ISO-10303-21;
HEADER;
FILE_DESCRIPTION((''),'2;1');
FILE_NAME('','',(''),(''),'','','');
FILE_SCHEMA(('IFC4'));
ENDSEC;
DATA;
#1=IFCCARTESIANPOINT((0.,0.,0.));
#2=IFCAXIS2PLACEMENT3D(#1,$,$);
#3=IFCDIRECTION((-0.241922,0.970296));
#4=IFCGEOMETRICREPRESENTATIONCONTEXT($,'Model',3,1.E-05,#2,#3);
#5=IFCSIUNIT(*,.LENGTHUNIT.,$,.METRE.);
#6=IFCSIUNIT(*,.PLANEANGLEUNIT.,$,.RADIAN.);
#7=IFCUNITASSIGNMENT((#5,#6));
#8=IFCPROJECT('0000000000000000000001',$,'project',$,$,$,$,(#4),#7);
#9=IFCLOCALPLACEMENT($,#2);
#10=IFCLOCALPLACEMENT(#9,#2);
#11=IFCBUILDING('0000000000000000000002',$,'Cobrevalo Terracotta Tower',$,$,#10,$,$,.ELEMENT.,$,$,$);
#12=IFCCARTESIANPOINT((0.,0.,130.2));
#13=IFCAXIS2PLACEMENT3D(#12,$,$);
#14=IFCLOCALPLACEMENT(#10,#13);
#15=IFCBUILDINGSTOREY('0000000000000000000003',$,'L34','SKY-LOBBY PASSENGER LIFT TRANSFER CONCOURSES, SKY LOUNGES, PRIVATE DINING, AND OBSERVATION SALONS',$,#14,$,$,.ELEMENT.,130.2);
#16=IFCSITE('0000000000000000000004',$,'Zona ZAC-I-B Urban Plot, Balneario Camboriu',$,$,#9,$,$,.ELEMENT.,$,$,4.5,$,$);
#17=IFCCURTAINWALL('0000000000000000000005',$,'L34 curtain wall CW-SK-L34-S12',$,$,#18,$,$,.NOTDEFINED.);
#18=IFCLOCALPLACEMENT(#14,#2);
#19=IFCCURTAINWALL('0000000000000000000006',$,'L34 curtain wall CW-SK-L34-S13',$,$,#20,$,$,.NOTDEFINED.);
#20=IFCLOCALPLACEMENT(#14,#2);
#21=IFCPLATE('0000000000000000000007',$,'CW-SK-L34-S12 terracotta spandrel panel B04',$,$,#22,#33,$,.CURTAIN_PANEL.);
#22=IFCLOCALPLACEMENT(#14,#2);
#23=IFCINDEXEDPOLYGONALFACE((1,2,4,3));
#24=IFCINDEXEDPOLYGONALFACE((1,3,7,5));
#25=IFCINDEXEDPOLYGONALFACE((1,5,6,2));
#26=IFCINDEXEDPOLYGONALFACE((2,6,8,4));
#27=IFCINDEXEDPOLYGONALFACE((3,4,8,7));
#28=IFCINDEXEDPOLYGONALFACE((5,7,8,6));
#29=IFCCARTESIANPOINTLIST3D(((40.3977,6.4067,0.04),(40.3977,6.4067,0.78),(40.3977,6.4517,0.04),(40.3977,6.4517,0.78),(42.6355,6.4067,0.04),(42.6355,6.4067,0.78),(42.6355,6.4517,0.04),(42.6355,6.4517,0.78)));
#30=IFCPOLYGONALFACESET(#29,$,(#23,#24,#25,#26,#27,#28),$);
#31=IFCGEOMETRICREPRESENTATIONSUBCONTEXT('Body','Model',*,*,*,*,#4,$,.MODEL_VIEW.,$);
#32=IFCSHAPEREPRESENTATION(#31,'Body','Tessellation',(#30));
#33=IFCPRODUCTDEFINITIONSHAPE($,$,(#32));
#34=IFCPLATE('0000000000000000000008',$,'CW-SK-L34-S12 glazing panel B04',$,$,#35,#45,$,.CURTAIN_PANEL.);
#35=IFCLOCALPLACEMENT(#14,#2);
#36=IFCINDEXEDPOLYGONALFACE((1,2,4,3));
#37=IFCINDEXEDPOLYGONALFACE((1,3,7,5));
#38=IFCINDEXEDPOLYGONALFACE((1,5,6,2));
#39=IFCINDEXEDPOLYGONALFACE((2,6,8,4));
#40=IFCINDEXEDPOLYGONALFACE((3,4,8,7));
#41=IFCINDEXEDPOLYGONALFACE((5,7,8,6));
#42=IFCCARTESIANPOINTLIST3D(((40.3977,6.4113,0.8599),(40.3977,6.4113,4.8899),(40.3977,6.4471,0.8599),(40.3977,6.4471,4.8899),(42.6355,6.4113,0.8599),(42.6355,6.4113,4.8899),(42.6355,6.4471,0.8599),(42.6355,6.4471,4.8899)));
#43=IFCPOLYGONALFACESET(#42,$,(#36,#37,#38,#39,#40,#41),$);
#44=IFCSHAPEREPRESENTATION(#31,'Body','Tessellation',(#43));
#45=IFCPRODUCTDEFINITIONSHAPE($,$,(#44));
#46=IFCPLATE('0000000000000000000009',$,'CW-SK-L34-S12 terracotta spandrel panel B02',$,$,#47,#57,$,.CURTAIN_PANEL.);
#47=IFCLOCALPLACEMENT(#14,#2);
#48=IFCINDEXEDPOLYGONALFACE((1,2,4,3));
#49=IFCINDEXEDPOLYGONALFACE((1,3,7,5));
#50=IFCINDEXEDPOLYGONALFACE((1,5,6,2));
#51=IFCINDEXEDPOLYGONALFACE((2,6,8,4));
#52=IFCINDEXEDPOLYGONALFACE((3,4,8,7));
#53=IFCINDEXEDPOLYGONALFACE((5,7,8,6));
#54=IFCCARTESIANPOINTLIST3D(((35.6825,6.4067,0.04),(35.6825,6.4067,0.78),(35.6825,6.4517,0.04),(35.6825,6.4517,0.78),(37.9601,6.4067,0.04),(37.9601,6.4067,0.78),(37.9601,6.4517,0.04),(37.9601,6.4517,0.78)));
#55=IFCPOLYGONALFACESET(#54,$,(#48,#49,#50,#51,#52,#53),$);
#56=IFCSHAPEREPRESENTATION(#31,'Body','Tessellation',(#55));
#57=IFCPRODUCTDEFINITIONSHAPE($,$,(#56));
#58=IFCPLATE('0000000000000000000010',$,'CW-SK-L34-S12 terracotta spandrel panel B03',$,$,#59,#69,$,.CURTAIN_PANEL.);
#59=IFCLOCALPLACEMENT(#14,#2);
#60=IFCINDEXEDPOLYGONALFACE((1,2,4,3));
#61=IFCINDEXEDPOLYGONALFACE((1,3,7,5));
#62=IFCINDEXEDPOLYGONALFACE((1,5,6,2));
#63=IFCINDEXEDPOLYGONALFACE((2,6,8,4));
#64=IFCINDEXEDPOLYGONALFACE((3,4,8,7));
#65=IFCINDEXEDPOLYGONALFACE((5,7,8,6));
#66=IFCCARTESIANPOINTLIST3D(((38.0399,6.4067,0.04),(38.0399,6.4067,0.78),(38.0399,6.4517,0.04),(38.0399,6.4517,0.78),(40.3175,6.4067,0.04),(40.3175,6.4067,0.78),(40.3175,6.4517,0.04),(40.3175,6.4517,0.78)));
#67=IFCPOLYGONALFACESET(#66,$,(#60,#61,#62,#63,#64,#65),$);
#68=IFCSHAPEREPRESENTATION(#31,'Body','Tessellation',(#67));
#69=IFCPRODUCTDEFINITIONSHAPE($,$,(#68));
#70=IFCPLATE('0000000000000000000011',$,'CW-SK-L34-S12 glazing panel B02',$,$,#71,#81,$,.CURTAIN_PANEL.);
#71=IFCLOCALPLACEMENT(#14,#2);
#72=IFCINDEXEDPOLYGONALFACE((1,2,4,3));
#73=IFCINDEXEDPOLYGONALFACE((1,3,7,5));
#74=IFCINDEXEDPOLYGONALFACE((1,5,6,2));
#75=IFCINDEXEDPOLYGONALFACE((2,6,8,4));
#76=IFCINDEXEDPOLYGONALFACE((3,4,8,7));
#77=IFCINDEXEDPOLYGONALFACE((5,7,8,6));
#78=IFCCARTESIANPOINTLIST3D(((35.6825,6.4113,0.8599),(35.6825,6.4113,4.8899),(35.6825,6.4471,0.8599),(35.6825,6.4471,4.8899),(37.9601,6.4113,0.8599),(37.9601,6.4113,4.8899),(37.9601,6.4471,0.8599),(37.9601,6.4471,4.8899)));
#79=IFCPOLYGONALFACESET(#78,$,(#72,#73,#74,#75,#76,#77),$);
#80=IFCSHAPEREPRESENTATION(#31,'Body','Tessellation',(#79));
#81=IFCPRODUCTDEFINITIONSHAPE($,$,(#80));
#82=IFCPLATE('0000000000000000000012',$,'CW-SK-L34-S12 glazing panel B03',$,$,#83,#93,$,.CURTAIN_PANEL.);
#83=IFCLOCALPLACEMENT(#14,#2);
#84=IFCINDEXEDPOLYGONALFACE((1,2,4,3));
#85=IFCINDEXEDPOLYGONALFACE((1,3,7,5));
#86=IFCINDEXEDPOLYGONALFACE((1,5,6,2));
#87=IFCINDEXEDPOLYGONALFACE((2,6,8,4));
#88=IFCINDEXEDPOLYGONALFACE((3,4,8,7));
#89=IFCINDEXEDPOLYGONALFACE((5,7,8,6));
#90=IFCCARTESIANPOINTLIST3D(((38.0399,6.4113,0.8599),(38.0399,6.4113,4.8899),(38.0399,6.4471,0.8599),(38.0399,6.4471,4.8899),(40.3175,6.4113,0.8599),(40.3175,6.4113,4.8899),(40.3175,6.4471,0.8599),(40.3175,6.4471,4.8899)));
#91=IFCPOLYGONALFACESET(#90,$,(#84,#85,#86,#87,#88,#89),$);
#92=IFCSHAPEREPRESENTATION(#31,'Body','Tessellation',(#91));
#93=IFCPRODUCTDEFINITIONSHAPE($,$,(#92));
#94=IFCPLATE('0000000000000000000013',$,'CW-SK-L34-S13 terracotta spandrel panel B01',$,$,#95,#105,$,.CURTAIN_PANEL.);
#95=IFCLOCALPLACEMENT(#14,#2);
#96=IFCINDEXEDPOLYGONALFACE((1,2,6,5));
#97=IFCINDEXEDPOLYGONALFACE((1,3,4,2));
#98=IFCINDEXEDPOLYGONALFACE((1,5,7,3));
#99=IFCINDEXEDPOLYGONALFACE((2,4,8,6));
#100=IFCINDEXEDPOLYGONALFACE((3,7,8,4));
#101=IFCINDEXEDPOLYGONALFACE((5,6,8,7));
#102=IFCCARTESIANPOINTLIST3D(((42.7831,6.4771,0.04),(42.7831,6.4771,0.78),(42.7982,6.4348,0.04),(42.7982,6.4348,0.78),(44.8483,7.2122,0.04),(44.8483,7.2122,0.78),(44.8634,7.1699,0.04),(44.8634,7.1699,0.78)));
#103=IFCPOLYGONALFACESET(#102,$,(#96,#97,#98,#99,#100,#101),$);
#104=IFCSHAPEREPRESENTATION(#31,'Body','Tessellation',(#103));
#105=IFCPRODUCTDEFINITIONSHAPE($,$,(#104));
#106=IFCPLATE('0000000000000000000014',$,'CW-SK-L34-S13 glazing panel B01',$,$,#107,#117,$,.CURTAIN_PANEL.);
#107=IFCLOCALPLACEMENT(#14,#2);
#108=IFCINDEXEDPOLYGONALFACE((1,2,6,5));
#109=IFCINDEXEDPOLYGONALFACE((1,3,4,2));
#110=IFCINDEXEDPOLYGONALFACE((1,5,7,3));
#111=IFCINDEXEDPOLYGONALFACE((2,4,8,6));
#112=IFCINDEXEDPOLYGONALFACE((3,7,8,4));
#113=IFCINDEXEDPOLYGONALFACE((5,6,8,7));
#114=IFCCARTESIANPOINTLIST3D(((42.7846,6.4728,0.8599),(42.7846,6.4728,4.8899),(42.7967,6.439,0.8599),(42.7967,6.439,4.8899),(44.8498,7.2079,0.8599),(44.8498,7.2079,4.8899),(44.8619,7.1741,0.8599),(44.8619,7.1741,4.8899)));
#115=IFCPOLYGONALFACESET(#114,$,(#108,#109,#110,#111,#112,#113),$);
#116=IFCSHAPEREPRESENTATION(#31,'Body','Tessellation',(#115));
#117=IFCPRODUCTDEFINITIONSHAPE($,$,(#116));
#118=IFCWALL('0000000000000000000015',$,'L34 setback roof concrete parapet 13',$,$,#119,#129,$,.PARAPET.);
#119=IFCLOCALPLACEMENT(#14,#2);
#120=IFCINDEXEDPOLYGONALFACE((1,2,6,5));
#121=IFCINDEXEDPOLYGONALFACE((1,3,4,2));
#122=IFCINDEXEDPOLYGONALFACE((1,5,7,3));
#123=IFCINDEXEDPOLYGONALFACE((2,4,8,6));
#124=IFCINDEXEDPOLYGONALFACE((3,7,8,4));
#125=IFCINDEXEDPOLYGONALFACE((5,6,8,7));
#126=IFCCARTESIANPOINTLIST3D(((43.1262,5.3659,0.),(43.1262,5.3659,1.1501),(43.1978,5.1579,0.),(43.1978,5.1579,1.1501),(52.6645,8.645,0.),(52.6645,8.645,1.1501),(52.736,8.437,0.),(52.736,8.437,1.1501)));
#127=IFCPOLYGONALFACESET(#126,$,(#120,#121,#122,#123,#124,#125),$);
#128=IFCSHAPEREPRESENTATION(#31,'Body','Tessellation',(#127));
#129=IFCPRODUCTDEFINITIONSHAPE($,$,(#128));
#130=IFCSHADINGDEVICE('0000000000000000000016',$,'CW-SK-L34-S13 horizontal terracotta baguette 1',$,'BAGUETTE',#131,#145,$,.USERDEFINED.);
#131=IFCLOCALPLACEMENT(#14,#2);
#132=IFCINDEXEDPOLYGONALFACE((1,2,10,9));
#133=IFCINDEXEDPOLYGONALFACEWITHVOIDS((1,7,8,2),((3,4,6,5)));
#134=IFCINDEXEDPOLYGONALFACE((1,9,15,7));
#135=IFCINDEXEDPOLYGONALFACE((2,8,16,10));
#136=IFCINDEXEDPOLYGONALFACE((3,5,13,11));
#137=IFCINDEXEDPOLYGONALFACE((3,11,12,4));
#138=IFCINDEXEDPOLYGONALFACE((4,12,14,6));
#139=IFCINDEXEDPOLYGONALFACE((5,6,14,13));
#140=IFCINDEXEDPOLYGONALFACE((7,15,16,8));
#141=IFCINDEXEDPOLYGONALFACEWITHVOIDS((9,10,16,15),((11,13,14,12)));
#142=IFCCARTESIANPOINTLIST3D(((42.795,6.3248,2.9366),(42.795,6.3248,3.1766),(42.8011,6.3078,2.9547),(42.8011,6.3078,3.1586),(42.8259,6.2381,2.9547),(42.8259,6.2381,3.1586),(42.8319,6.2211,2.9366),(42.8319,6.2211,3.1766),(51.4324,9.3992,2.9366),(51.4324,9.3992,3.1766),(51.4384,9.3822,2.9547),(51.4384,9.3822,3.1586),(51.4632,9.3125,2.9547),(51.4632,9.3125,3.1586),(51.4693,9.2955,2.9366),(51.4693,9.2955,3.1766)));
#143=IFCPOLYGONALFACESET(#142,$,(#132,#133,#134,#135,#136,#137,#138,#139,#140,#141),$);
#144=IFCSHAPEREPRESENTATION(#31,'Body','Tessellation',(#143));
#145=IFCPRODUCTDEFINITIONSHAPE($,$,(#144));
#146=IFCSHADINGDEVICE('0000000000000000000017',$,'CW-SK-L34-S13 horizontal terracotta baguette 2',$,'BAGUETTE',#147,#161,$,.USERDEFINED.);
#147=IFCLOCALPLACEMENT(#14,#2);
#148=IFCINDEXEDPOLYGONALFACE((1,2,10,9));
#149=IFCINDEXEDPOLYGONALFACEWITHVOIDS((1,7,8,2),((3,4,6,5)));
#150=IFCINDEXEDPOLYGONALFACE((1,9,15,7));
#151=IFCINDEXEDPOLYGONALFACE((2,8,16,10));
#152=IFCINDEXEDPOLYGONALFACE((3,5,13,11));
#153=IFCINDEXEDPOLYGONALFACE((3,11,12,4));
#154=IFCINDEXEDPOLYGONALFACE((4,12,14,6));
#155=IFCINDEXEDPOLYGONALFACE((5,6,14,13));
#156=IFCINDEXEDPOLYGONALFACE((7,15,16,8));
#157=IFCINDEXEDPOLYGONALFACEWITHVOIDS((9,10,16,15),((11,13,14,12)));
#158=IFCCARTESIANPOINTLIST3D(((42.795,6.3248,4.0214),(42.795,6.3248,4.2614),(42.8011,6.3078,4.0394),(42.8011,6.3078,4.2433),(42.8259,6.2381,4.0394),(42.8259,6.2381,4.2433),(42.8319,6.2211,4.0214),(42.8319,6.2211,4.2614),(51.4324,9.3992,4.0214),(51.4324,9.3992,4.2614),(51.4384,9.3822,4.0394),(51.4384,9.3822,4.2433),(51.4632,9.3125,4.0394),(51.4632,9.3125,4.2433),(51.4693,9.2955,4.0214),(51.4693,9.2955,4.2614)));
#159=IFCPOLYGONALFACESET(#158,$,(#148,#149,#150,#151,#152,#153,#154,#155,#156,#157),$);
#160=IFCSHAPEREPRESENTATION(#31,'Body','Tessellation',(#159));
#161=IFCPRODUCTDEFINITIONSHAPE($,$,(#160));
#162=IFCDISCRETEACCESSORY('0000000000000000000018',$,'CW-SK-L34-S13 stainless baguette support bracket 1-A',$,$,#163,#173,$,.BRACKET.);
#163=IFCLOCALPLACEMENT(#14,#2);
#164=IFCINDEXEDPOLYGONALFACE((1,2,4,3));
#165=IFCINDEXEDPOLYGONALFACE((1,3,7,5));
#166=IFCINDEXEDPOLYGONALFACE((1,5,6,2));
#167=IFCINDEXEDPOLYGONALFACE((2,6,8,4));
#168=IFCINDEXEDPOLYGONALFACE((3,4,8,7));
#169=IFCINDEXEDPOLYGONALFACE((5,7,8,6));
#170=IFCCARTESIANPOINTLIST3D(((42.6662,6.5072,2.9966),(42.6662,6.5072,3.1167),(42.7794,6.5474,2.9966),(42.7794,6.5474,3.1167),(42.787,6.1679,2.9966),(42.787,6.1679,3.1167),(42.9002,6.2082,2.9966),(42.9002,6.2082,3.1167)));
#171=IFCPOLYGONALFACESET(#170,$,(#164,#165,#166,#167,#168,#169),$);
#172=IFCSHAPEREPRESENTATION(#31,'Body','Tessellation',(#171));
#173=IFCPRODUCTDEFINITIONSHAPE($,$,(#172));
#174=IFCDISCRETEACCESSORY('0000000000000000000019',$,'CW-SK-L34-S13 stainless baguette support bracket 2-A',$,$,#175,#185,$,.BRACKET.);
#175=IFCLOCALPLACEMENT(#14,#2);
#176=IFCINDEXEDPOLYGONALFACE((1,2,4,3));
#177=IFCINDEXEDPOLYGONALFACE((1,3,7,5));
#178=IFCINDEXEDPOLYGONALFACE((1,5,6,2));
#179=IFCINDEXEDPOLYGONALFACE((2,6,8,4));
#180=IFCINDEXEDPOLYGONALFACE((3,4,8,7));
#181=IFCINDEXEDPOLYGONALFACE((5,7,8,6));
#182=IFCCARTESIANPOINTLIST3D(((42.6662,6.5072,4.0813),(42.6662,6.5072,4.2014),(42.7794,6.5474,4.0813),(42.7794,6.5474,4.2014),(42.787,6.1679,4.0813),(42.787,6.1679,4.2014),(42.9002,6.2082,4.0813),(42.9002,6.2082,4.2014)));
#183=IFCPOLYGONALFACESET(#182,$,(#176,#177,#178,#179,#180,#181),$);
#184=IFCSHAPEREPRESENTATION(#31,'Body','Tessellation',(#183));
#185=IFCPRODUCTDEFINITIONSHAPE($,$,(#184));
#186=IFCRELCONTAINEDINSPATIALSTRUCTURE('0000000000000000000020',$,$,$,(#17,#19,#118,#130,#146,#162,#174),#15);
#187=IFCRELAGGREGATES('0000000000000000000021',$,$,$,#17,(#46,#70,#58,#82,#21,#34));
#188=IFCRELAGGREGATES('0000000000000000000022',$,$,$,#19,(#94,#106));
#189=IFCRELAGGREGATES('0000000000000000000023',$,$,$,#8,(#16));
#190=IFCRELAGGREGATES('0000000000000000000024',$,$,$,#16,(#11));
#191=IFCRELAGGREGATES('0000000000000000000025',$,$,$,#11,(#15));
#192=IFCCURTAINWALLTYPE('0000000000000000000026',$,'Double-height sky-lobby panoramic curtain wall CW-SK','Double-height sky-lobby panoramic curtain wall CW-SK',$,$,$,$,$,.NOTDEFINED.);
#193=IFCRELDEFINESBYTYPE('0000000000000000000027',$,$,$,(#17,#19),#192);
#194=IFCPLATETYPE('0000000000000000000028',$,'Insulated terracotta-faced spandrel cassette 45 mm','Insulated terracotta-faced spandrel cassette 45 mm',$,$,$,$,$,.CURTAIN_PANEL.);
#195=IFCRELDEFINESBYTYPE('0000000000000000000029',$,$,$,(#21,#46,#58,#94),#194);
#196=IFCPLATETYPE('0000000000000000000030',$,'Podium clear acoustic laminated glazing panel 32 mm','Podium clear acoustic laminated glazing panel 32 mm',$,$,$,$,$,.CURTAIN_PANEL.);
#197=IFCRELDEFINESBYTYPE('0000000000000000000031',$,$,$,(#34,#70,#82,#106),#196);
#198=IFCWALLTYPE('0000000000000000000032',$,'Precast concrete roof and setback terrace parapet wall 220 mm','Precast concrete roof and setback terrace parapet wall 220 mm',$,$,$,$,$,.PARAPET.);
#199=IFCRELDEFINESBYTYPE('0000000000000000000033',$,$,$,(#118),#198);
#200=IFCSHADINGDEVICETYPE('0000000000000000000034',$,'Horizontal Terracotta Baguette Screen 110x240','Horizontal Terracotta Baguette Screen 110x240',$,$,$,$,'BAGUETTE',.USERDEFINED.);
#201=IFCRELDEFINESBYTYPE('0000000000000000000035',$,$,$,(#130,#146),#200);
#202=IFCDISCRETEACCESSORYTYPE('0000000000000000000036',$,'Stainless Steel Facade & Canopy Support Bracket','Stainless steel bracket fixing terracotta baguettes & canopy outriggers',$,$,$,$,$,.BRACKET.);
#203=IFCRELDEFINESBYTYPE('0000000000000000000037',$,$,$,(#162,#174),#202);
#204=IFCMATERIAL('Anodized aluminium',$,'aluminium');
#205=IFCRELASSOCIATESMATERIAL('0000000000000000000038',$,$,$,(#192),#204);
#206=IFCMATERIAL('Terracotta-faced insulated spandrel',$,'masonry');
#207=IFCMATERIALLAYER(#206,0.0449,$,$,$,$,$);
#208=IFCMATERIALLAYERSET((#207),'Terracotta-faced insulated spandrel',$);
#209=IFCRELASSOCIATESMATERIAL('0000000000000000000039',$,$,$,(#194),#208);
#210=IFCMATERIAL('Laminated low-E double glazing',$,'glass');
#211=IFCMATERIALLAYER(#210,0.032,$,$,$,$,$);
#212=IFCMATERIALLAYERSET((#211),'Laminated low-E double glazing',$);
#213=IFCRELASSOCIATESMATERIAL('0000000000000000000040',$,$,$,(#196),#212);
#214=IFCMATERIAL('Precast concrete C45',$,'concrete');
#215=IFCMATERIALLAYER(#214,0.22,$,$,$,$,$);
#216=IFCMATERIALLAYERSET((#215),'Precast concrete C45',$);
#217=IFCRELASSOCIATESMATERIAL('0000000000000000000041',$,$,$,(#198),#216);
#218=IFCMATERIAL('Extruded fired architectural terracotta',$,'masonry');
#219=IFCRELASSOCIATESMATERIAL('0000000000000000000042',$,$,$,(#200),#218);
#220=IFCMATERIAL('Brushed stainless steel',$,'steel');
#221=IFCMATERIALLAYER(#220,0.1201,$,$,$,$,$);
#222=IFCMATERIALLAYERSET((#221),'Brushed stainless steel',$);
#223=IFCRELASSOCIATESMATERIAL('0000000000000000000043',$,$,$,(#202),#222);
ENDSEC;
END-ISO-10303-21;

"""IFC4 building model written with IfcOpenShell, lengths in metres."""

from ifc_helpers import new_model, si_unit, direction, frame, frame_2d, origin, origin_2d, place, context, subcontext, project, spatial, rectangle, hollow_rectangle, extrude, source, transform, mapped, material, layer, layer_set, material_profile, profile_set, type_object, element, aggregate, save


model = new_model("IFC4")

# Units and contexts
model_context = context("Model", 3, precision=1e-05, world=origin(), true_north=direction((-0.241922, 0.970296)))
body_context = subcontext(model_context, "Body", "Model", "MODEL_VIEW")
ifc_project = project(units=[si_unit("LENGTHUNIT", "METRE"), si_unit("PLANEANGLEUNIT", "RADIAN")], contexts=[model_context])

# Site, building, storey
site_placement = place(None, origin())
site = spatial("IfcSite", under=ifc_project, at=site_placement, Name="Zona ZAC-I-B Urban Plot, Balneario Camboriu", CompositionType="ELEMENT", RefElevation=4.5)
building_placement = place(site_placement, origin())
building = spatial("IfcBuilding", under=site, at=building_placement, Name="Cobrevalo Terracotta Tower", CompositionType="ELEMENT")
storey_placement = place(building_placement, frame((0.0, 0.0, 130.2)))
storey = spatial("IfcBuildingStorey", under=building, at=storey_placement, Name="L34", Description="SKY-LOBBY PASSENGER LIFT TRANSFER CONCOURSES, SKY LOUNGES, PRIVATE DINING, AND OBSERVATION SALONS", CompositionType="ELEMENT", Elevation=130.2)

# Curtain walls
ifc_material_1 = material(Name="Anodized aluminium", Category="aluminium")
curtain_wall_type = type_object("IfcCurtainWallType", Name="Double-height sky-lobby panoramic curtain wall CW-SK", Description="Double-height sky-lobby panoramic curtain wall CW-SK", PredefinedType="NOTDEFINED", material=ifc_material_1)
curtain_wall_1_placement = place(storey_placement, origin())
curtain_wall_1 = element("IfcCurtainWall", 1, at=curtain_wall_1_placement, inside=storey, type_object=curtain_wall_type, Name="L34 curtain wall CW-SK-L34-S12", PredefinedType="NOTDEFINED")
curtain_wall_2_placement = place(storey_placement, origin())
curtain_wall_2 = element("IfcCurtainWall", 2, at=curtain_wall_2_placement, inside=storey, type_object=curtain_wall_type, Name="L34 curtain wall CW-SK-L34-S13", PredefinedType="NOTDEFINED")

# Plates
ifc_material_2 = material(Name="Terracotta-faced insulated spandrel", Category="masonry")
ifc_layer_1 = layer(ifc_material_2, 0.0449)
ifc_layer_set_1 = layer_set([ifc_layer_1], Name="Terracotta-faced insulated spandrel")
plate_type_1 = type_object("IfcPlateType", Name="Insulated terracotta-faced spandrel cassette 45 mm", Description="Insulated terracotta-faced spandrel cassette 45 mm", PredefinedType="CURTAIN_PANEL", material=ifc_layer_set_1)
shared_shape_1 = source(origin(), body_context, "Body", "SweptSolid", [
    extrude(rectangle(XDim=2.2378, YDim=0.0449, at=origin_2d()), origin(), (0.0, 0.0, 1.0), 0.74),
])
plate_1_placement = place(storey_placement, frame((41.5166, 6.4292, 0.04), z_axis=(0.0, 0.0, 1.0), x_axis=(1.0, 0.0, 0.0)))
plate_1 = element("IfcPlate", 3, at=plate_1_placement, type_object=plate_type_1, Name="CW-SK-L34-S12 terracotta spandrel panel B04", PredefinedType="CURTAIN_PANEL", context=body_context, shape_type="MappedRepresentation", body=[
    mapped(shared_shape_1, transform((0.0, 0.0, 0.0), scale=1.0)),
])
ifc_material_3 = material(Name="Laminated low-E double glazing", Category="glass")
ifc_layer_2 = layer(ifc_material_3, 0.032)
ifc_layer_set_2 = layer_set([ifc_layer_2], Name="Laminated low-E double glazing")
plate_type_2 = type_object("IfcPlateType", Name="Podium clear acoustic laminated glazing panel 32 mm", Description="Podium clear acoustic laminated glazing panel 32 mm", PredefinedType="CURTAIN_PANEL", material=ifc_layer_set_2)
shared_shape_2 = source(origin(), body_context, "Body", "SweptSolid", [
    extrude(rectangle(XDim=2.2378, YDim=0.0359, at=origin_2d()), origin(), (0.0, 0.0, 1.0), 4.03),
])
plate_2_placement = place(storey_placement, frame((41.5166, 6.4292, 0.8599), z_axis=(0.0, 0.0, 1.0), x_axis=(1.0, 0.0, 0.0)))
plate_2 = element("IfcPlate", 4, at=plate_2_placement, type_object=plate_type_2, Name="CW-SK-L34-S12 glazing panel B04", PredefinedType="CURTAIN_PANEL", context=body_context, shape_type="MappedRepresentation", body=[
    mapped(shared_shape_2, transform((0.0, 0.0, 0.0), scale=1.0)),
])
shared_shape_3 = source(origin(), body_context, "Body", "SweptSolid", [
    extrude(rectangle(XDim=2.2776, YDim=0.0449, at=origin_2d()), origin(), (0.0, 0.0, 1.0), 0.74),
])
plate_3_placement = place(storey_placement, frame((36.8213, 6.4292, 0.04), z_axis=(0.0, 0.0, 1.0), x_axis=(1.0, 0.0, 0.0)))
plate_3 = element("IfcPlate", 5, at=plate_3_placement, type_object=plate_type_1, Name="CW-SK-L34-S12 terracotta spandrel panel B02", PredefinedType="CURTAIN_PANEL", context=body_context, shape_type="MappedRepresentation", body=[
    mapped(shared_shape_3, transform((0.0, 0.0, 0.0), scale=1.0)),
])
plate_4_placement = place(storey_placement, frame((39.1787, 6.4292, 0.04), z_axis=(0.0, 0.0, 1.0), x_axis=(1.0, 0.0, 0.0)))
plate_4 = element("IfcPlate", 6, at=plate_4_placement, type_object=plate_type_1, Name="CW-SK-L34-S12 terracotta spandrel panel B03", PredefinedType="CURTAIN_PANEL", context=body_context, shape_type="MappedRepresentation", body=[
    mapped(shared_shape_3, transform((0.0, 0.0, 0.0), scale=1.0)),
])
shared_shape_4 = source(origin(), body_context, "Body", "SweptSolid", [
    extrude(rectangle(XDim=2.2776, YDim=0.0359, at=origin_2d()), origin(), (0.0, 0.0, 1.0), 4.03),
])
plate_5_placement = place(storey_placement, frame((36.8213, 6.4292, 0.8599), z_axis=(0.0, 0.0, 1.0), x_axis=(1.0, 0.0, 0.0)))
plate_5 = element("IfcPlate", 7, at=plate_5_placement, type_object=plate_type_2, Name="CW-SK-L34-S12 glazing panel B02", PredefinedType="CURTAIN_PANEL", context=body_context, shape_type="MappedRepresentation", body=[
    mapped(shared_shape_4, transform((0.0, 0.0, 0.0), scale=1.0)),
])
plate_6_placement = place(storey_placement, frame((39.1787, 6.4292, 0.8599), z_axis=(0.0, 0.0, 1.0), x_axis=(1.0, 0.0, 0.0)))
plate_6 = element("IfcPlate", 8, at=plate_6_placement, type_object=plate_type_2, Name="CW-SK-L34-S12 glazing panel B03", PredefinedType="CURTAIN_PANEL", context=body_context, shape_type="MappedRepresentation", body=[
    mapped(shared_shape_4, transform((0.0, 0.0, 0.0), scale=1.0)),
])
aggregate(curtain_wall_1, [plate_3, plate_5, plate_4, plate_6, plate_1, plate_2])
shared_shape_5 = source(origin(), body_context, "Body", "SweptSolid", [
    extrude(rectangle(XDim=2.1921, YDim=0.0449, at=origin_2d()), origin(), (0.0, 0.0, 1.0), 0.74),
])
plate_7_placement = place(storey_placement, frame((43.8232, 6.8235, 0.04), z_axis=(0.0, 0.0, 1.0), x_axis=(0.942098, 0.335336, 0.0)))
plate_7 = element("IfcPlate", 9, at=plate_7_placement, type_object=plate_type_1, Name="CW-SK-L34-S13 terracotta spandrel panel B01", PredefinedType="CURTAIN_PANEL", context=body_context, shape_type="MappedRepresentation", body=[
    mapped(shared_shape_5, transform((0.0, 0.0, 0.0), scale=1.0)),
])
shared_shape_6 = source(origin(), body_context, "Body", "SweptSolid", [
    extrude(rectangle(XDim=2.1921, YDim=0.0359, at=origin_2d()), origin(), (0.0, 0.0, 1.0), 4.03),
])
plate_8_placement = place(storey_placement, frame((43.8232, 6.8235, 0.8599), z_axis=(0.0, 0.0, 1.0), x_axis=(0.942098, 0.335336, 0.0)))
plate_8 = element("IfcPlate", 10, at=plate_8_placement, type_object=plate_type_2, Name="CW-SK-L34-S13 glazing panel B01", PredefinedType="CURTAIN_PANEL", context=body_context, shape_type="MappedRepresentation", body=[
    mapped(shared_shape_6, transform((0.0, 0.0, 0.0), scale=1.0)),
])
aggregate(curtain_wall_2, [plate_7, plate_8])

# Wall
ifc_material_4 = material(Name="Precast concrete C45", Category="concrete")
ifc_layer_3 = layer(ifc_material_4, 0.22)
ifc_layer_set_3 = layer_set([ifc_layer_3], Name="Precast concrete C45")
wall_type = type_object("IfcWallType", Name="Precast concrete roof and setback terrace parapet wall 220 mm", Description="Precast concrete roof and setback terrace parapet wall 220 mm", PredefinedType="PARAPET", material=ifc_layer_set_3)
wall_placement = place(storey_placement, frame((43.1621, 5.262, 0.0), z_axis=(0.0, 0.0, 1.0), x_axis=(0.945679, 0.325102, 0.0)))
element("IfcWall", 11, at=wall_placement, inside=storey, type_object=wall_type, Name="L34 setback roof concrete parapet 13", PredefinedType="PARAPET", context=body_context, shape_type="SweptSolid", body=[
    extrude(rectangle(XDim=10.0862, YDim=0.22, at=frame_2d((5.043, 0.0))), origin(), (0.0, 0.0, 1.0), 1.1501),
])

# Shading devices
ifc_material_5 = material(Name="Extruded fired architectural terracotta", Category="masonry")
ifc_material_profile_1 = material_profile(ifc_material_5, hollow_rectangle(XDim=0.1101, YDim=0.24, WallThickness=0.0181, at=origin_2d()), Name="BAGUETTE 110x240")
ifc_profile_set_1 = profile_set([ifc_material_profile_1], Name="Extruded fired architectural terracotta")
shading_device_type = type_object("IfcShadingDeviceType", Name="Horizontal Terracotta Baguette Screen 110x240", Description="Horizontal Terracotta Baguette Screen 110x240", ElementType="BAGUETTE", PredefinedType="USERDEFINED", material=ifc_profile_set_1)
shared_shape_7 = source(origin(), body_context, "Body", "SweptSolid", [
    extrude(hollow_rectangle(XDim=0.1101, YDim=0.24, WallThickness=0.0181, at=origin_2d()), origin(), (0.0, 0.0, 1.0), 9.1682),
])
for number, where, z_axis, x_axis, name in (
    (12, (42.8135, 6.2729, 3.0566), (0.942099, 0.335336, 0.0), (-0.335336, 0.942099, 0.0), "CW-SK-L34-S13 horizontal terracotta baguette 1"),
    (13, (42.8135, 6.2729, 4.1414), (0.942099, 0.335336, 0.0), (-0.335336, 0.942099, 0.0), "CW-SK-L34-S13 horizontal terracotta baguette 2"),
):
    element("IfcShadingDevice", number, at=place(storey_placement, frame(where, z_axis=z_axis, x_axis=x_axis)), inside=storey, type_object=shading_device_type, Name=name, ObjectType="BAGUETTE", PredefinedType="USERDEFINED", context=body_context, shape_type="MappedRepresentation", body=[
        mapped(shared_shape_7, transform((0.0, 0.0, 0.0), scale=1.0)),
    ])

# Discrete accessories
ifc_material_6 = material(Name="Brushed stainless steel", Category="steel")
ifc_layer_4 = layer(ifc_material_6, 0.1201)
ifc_layer_set_4 = layer_set([ifc_layer_4], Name="Brushed stainless steel")
discrete_accessory_type = type_object("IfcDiscreteAccessoryType", Name="Stainless Steel Facade & Canopy Support Bracket", Description="Stainless steel bracket fixing terracotta baguettes & canopy outriggers", PredefinedType="BRACKET", material=ifc_layer_set_4)
shared_shape_8 = source(origin(), body_context, "Body", "SweptSolid", [
    extrude(rectangle(XDim=0.1201, YDim=0.3601, at=origin_2d()), origin(), (0.0, 0.0, 1.0), 0.1201),
])
for number, where, z_axis, x_axis, name in (
    (14, (42.7832, 6.3577, 2.9966), (0.0, 0.0, 1.0), (0.942098, 0.335336, 0.0), "CW-SK-L34-S13 stainless baguette support bracket 1-A"),
    (15, (42.7832, 6.3577, 4.0813), (0.0, 0.0, 1.0), (0.942098, 0.335336, 0.0), "CW-SK-L34-S13 stainless baguette support bracket 2-A"),
):
    element("IfcDiscreteAccessory", number, at=place(storey_placement, frame(where, z_axis=z_axis, x_axis=x_axis)), inside=storey, type_object=discrete_accessory_type, Name=name, PredefinedType="BRACKET", context=body_context, shape_type="MappedRepresentation", body=[
        mapped(shared_shape_8, transform((0.0, 0.0, 0.0), scale=1.0)),
    ])

save(model, "model.ifc")
